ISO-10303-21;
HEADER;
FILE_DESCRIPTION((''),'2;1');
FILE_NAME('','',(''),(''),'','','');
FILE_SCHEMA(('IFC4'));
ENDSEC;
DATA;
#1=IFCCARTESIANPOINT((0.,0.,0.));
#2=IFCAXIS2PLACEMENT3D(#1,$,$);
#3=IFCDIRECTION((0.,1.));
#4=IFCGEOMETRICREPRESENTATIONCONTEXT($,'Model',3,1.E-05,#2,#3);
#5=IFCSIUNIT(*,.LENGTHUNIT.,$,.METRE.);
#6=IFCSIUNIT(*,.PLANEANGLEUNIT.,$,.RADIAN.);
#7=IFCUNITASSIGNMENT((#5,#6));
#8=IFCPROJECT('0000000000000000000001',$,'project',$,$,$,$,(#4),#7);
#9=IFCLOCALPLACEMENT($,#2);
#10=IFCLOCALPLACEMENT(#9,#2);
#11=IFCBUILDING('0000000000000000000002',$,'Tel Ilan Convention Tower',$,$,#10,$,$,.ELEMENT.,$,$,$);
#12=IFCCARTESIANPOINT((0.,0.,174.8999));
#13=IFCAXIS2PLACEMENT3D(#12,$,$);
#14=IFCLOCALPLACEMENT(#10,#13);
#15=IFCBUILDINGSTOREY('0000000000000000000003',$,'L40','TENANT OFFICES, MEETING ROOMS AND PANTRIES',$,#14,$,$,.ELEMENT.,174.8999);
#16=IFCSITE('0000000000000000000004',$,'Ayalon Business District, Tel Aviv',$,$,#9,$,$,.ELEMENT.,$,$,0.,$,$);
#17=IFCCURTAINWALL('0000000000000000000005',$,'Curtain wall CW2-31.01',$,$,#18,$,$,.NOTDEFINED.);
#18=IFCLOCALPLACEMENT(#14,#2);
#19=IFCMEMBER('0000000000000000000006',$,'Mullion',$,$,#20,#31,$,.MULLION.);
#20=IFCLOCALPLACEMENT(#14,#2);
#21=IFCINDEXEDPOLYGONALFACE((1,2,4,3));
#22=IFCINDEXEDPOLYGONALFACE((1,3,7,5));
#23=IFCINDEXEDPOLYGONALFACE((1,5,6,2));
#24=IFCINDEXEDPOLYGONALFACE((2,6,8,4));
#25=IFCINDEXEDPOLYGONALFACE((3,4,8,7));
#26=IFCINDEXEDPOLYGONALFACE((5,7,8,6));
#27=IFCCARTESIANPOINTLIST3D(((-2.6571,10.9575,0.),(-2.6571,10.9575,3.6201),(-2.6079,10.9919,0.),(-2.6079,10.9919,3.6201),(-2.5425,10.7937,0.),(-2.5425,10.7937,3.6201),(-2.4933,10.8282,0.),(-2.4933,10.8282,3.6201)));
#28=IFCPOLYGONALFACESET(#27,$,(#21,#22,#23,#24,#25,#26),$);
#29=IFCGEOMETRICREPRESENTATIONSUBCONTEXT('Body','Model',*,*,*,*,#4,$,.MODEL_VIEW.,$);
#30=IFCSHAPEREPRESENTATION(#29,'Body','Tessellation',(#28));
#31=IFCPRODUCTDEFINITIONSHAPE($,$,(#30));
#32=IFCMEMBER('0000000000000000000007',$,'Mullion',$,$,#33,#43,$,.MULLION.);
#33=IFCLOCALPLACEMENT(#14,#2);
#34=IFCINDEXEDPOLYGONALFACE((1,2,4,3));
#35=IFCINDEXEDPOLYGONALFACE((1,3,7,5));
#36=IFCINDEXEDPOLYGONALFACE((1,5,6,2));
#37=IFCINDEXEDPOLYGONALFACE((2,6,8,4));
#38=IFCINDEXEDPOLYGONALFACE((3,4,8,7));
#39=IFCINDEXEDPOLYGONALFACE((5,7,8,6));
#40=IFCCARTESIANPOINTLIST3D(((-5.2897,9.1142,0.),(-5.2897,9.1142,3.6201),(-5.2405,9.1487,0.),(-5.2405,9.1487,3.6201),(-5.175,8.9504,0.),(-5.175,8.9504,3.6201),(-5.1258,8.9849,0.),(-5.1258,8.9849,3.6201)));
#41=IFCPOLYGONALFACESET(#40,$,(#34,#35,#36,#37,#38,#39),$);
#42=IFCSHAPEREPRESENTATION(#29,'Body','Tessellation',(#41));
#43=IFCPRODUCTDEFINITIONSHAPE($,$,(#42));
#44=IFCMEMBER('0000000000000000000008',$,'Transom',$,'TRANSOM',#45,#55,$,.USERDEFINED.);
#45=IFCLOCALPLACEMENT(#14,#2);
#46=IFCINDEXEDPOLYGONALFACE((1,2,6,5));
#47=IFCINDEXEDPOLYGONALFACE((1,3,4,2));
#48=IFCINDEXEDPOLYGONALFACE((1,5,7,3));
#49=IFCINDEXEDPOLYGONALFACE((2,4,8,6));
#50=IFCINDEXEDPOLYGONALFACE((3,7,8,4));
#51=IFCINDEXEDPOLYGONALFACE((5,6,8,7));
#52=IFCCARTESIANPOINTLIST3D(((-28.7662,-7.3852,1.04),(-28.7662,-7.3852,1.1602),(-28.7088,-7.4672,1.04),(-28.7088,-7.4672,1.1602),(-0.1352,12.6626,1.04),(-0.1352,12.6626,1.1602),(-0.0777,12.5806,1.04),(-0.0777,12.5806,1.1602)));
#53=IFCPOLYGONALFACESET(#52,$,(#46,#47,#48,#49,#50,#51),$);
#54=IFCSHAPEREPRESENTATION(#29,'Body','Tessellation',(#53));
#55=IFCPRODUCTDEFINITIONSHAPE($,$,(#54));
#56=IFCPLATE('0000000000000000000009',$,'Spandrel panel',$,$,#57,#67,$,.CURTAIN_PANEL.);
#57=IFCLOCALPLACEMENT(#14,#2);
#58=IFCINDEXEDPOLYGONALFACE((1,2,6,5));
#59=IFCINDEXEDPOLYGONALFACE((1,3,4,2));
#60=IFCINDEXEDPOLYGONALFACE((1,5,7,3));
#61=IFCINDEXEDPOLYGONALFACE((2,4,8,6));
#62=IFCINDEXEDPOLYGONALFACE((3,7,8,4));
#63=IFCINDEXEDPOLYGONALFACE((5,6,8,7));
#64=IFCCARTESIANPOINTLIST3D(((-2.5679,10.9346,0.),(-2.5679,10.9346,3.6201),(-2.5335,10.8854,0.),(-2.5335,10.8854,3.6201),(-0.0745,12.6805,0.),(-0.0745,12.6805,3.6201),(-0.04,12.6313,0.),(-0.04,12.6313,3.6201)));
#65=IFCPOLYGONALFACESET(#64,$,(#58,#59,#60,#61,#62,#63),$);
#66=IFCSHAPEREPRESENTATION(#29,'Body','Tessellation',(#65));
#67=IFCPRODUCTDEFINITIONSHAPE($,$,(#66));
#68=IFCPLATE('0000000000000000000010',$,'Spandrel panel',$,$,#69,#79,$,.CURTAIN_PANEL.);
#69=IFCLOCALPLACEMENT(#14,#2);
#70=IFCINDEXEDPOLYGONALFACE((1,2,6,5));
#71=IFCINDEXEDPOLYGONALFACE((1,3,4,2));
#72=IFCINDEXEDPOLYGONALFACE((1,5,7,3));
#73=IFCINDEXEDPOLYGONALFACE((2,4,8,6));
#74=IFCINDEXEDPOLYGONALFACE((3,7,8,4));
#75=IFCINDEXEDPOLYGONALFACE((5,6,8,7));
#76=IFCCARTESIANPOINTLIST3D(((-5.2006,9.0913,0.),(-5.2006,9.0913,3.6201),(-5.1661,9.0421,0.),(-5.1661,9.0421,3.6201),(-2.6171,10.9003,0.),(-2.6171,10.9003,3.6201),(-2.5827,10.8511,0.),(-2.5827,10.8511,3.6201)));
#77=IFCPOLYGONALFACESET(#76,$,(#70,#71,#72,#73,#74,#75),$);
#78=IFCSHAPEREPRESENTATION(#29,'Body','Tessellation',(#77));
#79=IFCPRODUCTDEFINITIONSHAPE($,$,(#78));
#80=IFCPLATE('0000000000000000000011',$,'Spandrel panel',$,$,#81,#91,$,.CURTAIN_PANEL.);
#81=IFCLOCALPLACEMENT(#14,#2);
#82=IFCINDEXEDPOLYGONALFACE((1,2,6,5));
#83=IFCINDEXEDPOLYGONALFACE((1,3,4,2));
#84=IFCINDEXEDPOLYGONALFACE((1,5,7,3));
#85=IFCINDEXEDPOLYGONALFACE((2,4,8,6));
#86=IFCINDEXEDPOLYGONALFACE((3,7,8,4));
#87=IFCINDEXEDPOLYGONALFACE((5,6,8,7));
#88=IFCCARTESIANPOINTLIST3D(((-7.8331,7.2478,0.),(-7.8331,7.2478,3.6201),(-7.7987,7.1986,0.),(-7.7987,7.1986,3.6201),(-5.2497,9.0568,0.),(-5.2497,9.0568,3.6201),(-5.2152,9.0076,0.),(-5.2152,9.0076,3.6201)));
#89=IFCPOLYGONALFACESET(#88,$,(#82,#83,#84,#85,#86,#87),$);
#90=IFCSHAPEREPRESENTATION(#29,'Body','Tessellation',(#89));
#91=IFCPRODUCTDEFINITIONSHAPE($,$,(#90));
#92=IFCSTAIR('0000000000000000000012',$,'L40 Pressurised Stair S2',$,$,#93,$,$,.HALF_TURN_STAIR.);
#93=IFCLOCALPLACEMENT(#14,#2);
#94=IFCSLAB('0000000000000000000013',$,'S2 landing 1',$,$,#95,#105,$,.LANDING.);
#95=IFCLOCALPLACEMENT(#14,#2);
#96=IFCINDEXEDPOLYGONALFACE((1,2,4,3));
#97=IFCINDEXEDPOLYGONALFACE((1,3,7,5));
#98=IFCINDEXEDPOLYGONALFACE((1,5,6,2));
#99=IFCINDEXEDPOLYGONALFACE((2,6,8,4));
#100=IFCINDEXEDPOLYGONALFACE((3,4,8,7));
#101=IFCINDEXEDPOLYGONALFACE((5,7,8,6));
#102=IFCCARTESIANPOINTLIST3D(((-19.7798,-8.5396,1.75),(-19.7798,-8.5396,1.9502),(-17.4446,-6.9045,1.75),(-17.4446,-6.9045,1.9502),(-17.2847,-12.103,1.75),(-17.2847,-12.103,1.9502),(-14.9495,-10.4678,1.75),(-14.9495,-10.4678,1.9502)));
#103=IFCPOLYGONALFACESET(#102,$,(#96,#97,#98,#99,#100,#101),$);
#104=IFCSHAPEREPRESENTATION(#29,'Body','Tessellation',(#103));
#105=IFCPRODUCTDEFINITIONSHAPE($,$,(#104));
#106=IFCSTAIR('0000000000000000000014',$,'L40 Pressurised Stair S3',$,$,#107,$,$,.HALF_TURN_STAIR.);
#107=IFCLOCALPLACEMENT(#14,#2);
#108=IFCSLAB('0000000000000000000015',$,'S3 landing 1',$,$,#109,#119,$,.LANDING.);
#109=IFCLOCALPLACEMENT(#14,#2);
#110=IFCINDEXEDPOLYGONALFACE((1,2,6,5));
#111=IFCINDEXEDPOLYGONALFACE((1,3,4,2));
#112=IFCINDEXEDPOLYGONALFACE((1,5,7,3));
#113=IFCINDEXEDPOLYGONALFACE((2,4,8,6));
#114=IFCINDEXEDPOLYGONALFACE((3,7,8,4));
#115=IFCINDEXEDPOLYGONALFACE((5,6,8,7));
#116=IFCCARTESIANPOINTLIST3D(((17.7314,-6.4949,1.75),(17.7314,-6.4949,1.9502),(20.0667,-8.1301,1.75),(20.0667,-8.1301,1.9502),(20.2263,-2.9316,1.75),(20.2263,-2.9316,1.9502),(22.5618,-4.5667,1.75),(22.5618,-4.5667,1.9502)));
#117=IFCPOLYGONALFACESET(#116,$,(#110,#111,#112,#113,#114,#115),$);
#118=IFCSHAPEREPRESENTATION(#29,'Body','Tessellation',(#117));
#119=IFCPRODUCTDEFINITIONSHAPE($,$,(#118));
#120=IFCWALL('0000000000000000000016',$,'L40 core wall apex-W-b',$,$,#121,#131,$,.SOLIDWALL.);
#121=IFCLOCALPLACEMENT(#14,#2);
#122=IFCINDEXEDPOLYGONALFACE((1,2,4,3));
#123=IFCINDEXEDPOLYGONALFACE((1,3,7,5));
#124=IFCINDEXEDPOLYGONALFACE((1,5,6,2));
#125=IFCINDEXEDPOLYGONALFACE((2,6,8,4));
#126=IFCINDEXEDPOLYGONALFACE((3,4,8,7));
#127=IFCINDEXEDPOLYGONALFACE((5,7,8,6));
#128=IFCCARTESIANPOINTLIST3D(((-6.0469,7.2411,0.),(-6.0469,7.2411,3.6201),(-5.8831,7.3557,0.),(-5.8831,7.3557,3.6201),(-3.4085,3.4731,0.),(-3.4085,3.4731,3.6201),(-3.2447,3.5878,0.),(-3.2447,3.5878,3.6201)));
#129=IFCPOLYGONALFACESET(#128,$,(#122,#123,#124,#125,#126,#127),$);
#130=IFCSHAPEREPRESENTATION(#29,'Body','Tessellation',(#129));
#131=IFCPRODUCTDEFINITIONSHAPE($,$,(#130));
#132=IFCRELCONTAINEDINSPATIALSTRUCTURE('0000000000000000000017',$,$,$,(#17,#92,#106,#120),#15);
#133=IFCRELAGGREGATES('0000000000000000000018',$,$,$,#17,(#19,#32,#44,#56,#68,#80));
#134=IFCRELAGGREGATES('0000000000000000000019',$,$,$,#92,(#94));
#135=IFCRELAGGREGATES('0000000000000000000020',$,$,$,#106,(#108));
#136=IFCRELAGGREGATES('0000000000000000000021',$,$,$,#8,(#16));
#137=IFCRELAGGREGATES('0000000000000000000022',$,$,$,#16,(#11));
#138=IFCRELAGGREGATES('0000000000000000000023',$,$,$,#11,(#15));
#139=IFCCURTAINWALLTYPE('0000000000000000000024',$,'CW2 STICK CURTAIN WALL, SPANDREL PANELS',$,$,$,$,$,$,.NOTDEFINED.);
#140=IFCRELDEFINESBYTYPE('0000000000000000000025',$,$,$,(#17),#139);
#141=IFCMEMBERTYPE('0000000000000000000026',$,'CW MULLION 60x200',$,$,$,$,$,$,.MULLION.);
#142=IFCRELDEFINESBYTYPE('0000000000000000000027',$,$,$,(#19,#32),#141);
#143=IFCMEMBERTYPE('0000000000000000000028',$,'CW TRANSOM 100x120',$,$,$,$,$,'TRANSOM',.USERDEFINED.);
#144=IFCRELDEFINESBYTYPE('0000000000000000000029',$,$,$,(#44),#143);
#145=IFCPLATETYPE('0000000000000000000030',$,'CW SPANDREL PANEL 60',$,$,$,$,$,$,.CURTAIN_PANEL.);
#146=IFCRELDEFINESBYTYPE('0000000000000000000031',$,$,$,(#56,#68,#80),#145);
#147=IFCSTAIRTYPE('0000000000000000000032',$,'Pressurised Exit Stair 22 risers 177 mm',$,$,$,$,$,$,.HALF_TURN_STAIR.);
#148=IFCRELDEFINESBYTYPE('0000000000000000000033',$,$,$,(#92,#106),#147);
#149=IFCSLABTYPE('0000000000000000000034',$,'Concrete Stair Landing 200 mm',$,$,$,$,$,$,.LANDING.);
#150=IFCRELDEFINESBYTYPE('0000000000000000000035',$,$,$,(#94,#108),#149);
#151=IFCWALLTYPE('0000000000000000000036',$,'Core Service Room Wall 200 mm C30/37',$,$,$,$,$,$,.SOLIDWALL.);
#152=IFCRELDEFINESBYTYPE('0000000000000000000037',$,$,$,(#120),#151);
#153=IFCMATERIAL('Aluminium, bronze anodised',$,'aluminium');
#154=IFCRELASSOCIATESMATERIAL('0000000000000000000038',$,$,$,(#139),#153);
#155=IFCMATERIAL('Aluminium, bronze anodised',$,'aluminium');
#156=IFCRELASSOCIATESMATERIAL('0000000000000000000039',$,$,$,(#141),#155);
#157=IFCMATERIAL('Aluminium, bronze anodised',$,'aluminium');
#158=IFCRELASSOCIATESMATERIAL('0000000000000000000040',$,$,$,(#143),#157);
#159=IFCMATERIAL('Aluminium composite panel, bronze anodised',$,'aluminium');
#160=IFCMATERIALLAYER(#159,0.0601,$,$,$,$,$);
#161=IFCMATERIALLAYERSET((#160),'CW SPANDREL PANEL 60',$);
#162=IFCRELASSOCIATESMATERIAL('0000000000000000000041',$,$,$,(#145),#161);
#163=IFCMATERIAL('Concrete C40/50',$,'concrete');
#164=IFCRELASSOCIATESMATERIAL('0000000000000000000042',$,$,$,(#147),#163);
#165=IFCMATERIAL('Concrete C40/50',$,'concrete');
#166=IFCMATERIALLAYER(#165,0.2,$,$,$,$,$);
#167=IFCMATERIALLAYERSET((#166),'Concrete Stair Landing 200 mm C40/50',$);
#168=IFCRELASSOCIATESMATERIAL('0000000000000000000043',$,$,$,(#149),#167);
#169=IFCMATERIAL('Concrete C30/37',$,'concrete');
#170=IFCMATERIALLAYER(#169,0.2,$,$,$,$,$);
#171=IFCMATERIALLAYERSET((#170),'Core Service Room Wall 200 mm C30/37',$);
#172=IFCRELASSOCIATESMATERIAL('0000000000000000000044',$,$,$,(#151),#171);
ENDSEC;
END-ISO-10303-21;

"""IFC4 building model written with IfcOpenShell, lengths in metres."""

from ifc_helpers import new_model, si_unit, direction, frame, frame_2d, origin, origin_2d, place, context, subcontext, project, spatial, polyline, rectangle, outline, extrude, material, layer, layer_set, material_profile, profile_set, type_object, element, aggregate, save


model = new_model("IFC4")

# Units and contexts
model_context = context("Model", 3, precision=1e-05, world=origin(), true_north=direction((0.0, 1.0)))
body_context = subcontext(model_context, "Body", "Model", "MODEL_VIEW")
ifc_project = project(units=[si_unit("LENGTHUNIT", "METRE"), si_unit("PLANEANGLEUNIT", "RADIAN")], contexts=[model_context])

# Site, building, storey
site_placement = place(None, origin())
site = spatial("IfcSite", under=ifc_project, at=site_placement, Name="Ayalon Business District, Tel Aviv", CompositionType="ELEMENT", RefElevation=0.0)
building_placement = place(site_placement, origin())
building = spatial("IfcBuilding", under=site, at=building_placement, Name="Tel Ilan Convention Tower", CompositionType="ELEMENT")
storey_placement = place(building_placement, frame((0.0, 0.0, 174.8999)))
storey = spatial("IfcBuildingStorey", under=building, at=storey_placement, Name="L40", Description="TENANT OFFICES, MEETING ROOMS AND PANTRIES", CompositionType="ELEMENT", Elevation=174.8999)

# Curtain wall, members, plates
ifc_material_1 = material(Name="Aluminium, bronze anodised", Category="aluminium")
curtain_wall_type = type_object("IfcCurtainWallType", Name="CW2 STICK CURTAIN WALL, SPANDREL PANELS", PredefinedType="NOTDEFINED", material=ifc_material_1)
curtain_wall_placement = place(storey_placement, origin())
curtain_wall = element("IfcCurtainWall", 1, at=curtain_wall_placement, inside=storey, type_object=curtain_wall_type, Name="Curtain wall CW2-31.01", PredefinedType="NOTDEFINED")
ifc_material_2 = material(Name="Aluminium, bronze anodised", Category="aluminium")
ifc_material_profile_1 = material_profile(ifc_material_2, rectangle(XDim=0.0601, YDim=0.2, at=origin_2d()), Name="CW MULLION 60x200")
ifc_profile_set_1 = profile_set([ifc_material_profile_1], Name="Aluminium, bronze anodised")
member_type_1 = type_object("IfcMemberType", Name="CW MULLION 60x200", PredefinedType="MULLION", material=ifc_profile_set_1)
member_1_placement = place(storey_placement, frame((-2.5752, 10.8928, 0.0), z_axis=(0.0, 0.0, 1.0), x_axis=(-0.819152, -0.573576, 0.0)))
member_1 = element("IfcMember", 2, at=member_1_placement, type_object=member_type_1, Name="Mullion", PredefinedType="MULLION", context=body_context, shape_type="SweptSolid", body=[
    extrude(rectangle(XDim=0.0601, YDim=0.2, at=origin_2d()), origin(), (0.0, 0.0, 1.0), 3.6201),
])
member_2_placement = place(storey_placement, frame((-5.2078, 9.0496, 0.0), z_axis=(0.0, 0.0, 1.0), x_axis=(-0.819152, -0.573576, 0.0)))
member_2 = element("IfcMember", 3, at=member_2_placement, type_object=member_type_1, Name="Mullion", PredefinedType="MULLION", context=body_context, shape_type="SweptSolid", body=[
    extrude(rectangle(XDim=0.0601, YDim=0.2, at=origin_2d()), origin(), (0.0, 0.0, 1.0), 3.6201),
])
ifc_material_3 = material(Name="Aluminium, bronze anodised", Category="aluminium")
ifc_material_profile_2 = material_profile(ifc_material_3, rectangle(XDim=0.1001, YDim=0.1201, at=origin_2d()), Name="CW TRANSOM 100x120")
ifc_profile_set_2 = profile_set([ifc_material_profile_2], Name="Aluminium, bronze anodised")
member_type_2 = type_object("IfcMemberType", Name="CW TRANSOM 100x120", ElementType="TRANSOM", PredefinedType="USERDEFINED", material=ifc_profile_set_2)
member_3_placement = place(storey_placement, frame((-0.1064, 12.6216, 1.1001), z_axis=(-0.81915, -0.573579, 0.0), x_axis=(0.573579, -0.81915, 0.0)))
member_3 = element("IfcMember", 4, at=member_3_placement, type_object=member_type_2, Name="Transom", ObjectType="TRANSOM", PredefinedType="USERDEFINED", context=body_context, shape_type="SweptSolid", body=[
    extrude(rectangle(XDim=0.1001, YDim=0.1201, at=origin_2d()), origin(), (0.0, 0.0, 1.0), 34.9521),
])
ifc_material_4 = material(Name="Aluminium composite panel, bronze anodised", Category="aluminium")
ifc_layer_1 = layer(ifc_material_4, 0.0601)
ifc_layer_set_1 = layer_set([ifc_layer_1], Name="CW SPANDREL PANEL 60")
plate_type = type_object("IfcPlateType", Name="CW SPANDREL PANEL 60", PredefinedType="CURTAIN_PANEL", material=ifc_layer_set_1)
plate_1_placement = place(storey_placement, frame((-1.304, 11.783, 0.0), z_axis=(0.0, 0.0, 1.0), x_axis=(-0.819152, -0.573576, 0.0)))
plate_1 = element("IfcPlate", 5, at=plate_1_placement, type_object=plate_type, Name="Spandrel panel", PredefinedType="CURTAIN_PANEL", context=body_context, shape_type="SweptSolid", body=[
    extrude(rectangle(XDim=3.0439, YDim=0.0601, at=origin_2d()), origin(), (0.0, 0.0, 1.0), 3.6201),
])
plate_2_placement = place(storey_placement, frame((-3.8916, 9.9712, 0.0), z_axis=(0.0, 0.0, 1.0), x_axis=(-0.819152, -0.573576, 0.0)))
plate_2 = element("IfcPlate", 6, at=plate_2_placement, type_object=plate_type, Name="Spandrel panel", PredefinedType="CURTAIN_PANEL", context=body_context, shape_type="SweptSolid", body=[
    extrude(rectangle(XDim=3.1538, YDim=0.0601, at=origin_2d()), origin(), (0.0, 0.0, 1.0), 3.6201),
])
plate_3_placement = place(storey_placement, frame((-6.5242, 8.1277, 0.0), z_axis=(0.0, 0.0, 1.0), x_axis=(-0.819152, -0.573576, 0.0)))
plate_3 = element("IfcPlate", 7, at=plate_3_placement, type_object=plate_type, Name="Spandrel panel", PredefinedType="CURTAIN_PANEL", context=body_context, shape_type="SweptSolid", body=[
    extrude(rectangle(XDim=3.1538, YDim=0.0601, at=origin_2d()), origin(), (0.0, 0.0, 1.0), 3.6201),
])
aggregate(curtain_wall, [member_1, member_2, member_3, plate_1, plate_2, plate_3])

# Stairs, slabs
ifc_material_5 = material(Name="Concrete C40/50", Category="concrete")
stair_type = type_object("IfcStairType", Name="Pressurised Exit Stair 22 risers 177 mm", PredefinedType="HALF_TURN_STAIR", material=ifc_material_5)
stair_1_placement = place(storey_placement, origin())
stair_1 = element("IfcStair", 8, at=stair_1_placement, inside=storey, type_object=stair_type, Name="L40 Pressurised Stair S2", PredefinedType="HALF_TURN_STAIR")
ifc_material_6 = material(Name="Concrete C40/50", Category="concrete")
ifc_layer_2 = layer(ifc_material_6, 0.2)
ifc_layer_set_2 = layer_set([ifc_layer_2], Name="Concrete Stair Landing 200 mm C40/50")
slab_type = type_object("IfcSlabType", Name="Concrete Stair Landing 200 mm", PredefinedType="LANDING", material=ifc_layer_set_2)
slab_1_placement = place(storey_placement, frame((0.0, 0.0, 1.75)))
slab_1 = element("IfcSlab", 9, at=slab_1_placement, type_object=slab_type, Name="S2 landing 1", PredefinedType="LANDING", context=body_context, shape_type="SweptSolid", body=[
    extrude(outline(polyline([(-17.2847, -12.103), (-14.9495, -10.4678), (-17.4446, -6.9045), (-19.7798, -8.5396), (-17.2847, -12.103)])), origin(), (0.0, 0.0, 1.0), 0.2002),
])
aggregate(stair_1, [slab_1])
stair_2_placement = place(storey_placement, origin())
stair_2 = element("IfcStair", 10, at=stair_2_placement, inside=storey, type_object=stair_type, Name="L40 Pressurised Stair S3", PredefinedType="HALF_TURN_STAIR")
slab_2_placement = place(storey_placement, frame((0.0, 0.0, 1.75)))
slab_2 = element("IfcSlab", 11, at=slab_2_placement, type_object=slab_type, Name="S3 landing 1", PredefinedType="LANDING", context=body_context, shape_type="SweptSolid", body=[
    extrude(outline(polyline([(22.5618, -4.5667), (20.2263, -2.9316), (17.7314, -6.4949), (20.0667, -8.1301), (22.5618, -4.5667)])), origin(), (0.0, 0.0, 1.0), 0.2002),
])
aggregate(stair_2, [slab_2])

# Wall
ifc_material_7 = material(Name="Concrete C30/37", Category="concrete")
ifc_layer_3 = layer(ifc_material_7, 0.2)
ifc_layer_set_3 = layer_set([ifc_layer_3], Name="Core Service Room Wall 200 mm C30/37")
wall_type_1 = type_object("IfcWallType", Name="Core Service Room Wall 200 mm C30/37", PredefinedType="SOLIDWALL", material=ifc_layer_set_3)
wall_1_placement = place(storey_placement, frame((-3.3267, 3.5305, 0.0), z_axis=(0.0, 0.0, 1.0), x_axis=(-0.573576, 0.819152, 0.0)))
element("IfcWall", 12, at=wall_1_placement, inside=storey, type_object=wall_type_1, Name="L40 core wall apex-W-b", PredefinedType="SOLIDWALL", context=body_context, shape_type="SweptSolid", body=[
    extrude(rectangle(XDim=4.5999, YDim=0.2, at=frame_2d((2.2998, 0.0))), origin(), (0.0, 0.0, 1.0), 3.6201),
])

save(model, "model.ifc")
